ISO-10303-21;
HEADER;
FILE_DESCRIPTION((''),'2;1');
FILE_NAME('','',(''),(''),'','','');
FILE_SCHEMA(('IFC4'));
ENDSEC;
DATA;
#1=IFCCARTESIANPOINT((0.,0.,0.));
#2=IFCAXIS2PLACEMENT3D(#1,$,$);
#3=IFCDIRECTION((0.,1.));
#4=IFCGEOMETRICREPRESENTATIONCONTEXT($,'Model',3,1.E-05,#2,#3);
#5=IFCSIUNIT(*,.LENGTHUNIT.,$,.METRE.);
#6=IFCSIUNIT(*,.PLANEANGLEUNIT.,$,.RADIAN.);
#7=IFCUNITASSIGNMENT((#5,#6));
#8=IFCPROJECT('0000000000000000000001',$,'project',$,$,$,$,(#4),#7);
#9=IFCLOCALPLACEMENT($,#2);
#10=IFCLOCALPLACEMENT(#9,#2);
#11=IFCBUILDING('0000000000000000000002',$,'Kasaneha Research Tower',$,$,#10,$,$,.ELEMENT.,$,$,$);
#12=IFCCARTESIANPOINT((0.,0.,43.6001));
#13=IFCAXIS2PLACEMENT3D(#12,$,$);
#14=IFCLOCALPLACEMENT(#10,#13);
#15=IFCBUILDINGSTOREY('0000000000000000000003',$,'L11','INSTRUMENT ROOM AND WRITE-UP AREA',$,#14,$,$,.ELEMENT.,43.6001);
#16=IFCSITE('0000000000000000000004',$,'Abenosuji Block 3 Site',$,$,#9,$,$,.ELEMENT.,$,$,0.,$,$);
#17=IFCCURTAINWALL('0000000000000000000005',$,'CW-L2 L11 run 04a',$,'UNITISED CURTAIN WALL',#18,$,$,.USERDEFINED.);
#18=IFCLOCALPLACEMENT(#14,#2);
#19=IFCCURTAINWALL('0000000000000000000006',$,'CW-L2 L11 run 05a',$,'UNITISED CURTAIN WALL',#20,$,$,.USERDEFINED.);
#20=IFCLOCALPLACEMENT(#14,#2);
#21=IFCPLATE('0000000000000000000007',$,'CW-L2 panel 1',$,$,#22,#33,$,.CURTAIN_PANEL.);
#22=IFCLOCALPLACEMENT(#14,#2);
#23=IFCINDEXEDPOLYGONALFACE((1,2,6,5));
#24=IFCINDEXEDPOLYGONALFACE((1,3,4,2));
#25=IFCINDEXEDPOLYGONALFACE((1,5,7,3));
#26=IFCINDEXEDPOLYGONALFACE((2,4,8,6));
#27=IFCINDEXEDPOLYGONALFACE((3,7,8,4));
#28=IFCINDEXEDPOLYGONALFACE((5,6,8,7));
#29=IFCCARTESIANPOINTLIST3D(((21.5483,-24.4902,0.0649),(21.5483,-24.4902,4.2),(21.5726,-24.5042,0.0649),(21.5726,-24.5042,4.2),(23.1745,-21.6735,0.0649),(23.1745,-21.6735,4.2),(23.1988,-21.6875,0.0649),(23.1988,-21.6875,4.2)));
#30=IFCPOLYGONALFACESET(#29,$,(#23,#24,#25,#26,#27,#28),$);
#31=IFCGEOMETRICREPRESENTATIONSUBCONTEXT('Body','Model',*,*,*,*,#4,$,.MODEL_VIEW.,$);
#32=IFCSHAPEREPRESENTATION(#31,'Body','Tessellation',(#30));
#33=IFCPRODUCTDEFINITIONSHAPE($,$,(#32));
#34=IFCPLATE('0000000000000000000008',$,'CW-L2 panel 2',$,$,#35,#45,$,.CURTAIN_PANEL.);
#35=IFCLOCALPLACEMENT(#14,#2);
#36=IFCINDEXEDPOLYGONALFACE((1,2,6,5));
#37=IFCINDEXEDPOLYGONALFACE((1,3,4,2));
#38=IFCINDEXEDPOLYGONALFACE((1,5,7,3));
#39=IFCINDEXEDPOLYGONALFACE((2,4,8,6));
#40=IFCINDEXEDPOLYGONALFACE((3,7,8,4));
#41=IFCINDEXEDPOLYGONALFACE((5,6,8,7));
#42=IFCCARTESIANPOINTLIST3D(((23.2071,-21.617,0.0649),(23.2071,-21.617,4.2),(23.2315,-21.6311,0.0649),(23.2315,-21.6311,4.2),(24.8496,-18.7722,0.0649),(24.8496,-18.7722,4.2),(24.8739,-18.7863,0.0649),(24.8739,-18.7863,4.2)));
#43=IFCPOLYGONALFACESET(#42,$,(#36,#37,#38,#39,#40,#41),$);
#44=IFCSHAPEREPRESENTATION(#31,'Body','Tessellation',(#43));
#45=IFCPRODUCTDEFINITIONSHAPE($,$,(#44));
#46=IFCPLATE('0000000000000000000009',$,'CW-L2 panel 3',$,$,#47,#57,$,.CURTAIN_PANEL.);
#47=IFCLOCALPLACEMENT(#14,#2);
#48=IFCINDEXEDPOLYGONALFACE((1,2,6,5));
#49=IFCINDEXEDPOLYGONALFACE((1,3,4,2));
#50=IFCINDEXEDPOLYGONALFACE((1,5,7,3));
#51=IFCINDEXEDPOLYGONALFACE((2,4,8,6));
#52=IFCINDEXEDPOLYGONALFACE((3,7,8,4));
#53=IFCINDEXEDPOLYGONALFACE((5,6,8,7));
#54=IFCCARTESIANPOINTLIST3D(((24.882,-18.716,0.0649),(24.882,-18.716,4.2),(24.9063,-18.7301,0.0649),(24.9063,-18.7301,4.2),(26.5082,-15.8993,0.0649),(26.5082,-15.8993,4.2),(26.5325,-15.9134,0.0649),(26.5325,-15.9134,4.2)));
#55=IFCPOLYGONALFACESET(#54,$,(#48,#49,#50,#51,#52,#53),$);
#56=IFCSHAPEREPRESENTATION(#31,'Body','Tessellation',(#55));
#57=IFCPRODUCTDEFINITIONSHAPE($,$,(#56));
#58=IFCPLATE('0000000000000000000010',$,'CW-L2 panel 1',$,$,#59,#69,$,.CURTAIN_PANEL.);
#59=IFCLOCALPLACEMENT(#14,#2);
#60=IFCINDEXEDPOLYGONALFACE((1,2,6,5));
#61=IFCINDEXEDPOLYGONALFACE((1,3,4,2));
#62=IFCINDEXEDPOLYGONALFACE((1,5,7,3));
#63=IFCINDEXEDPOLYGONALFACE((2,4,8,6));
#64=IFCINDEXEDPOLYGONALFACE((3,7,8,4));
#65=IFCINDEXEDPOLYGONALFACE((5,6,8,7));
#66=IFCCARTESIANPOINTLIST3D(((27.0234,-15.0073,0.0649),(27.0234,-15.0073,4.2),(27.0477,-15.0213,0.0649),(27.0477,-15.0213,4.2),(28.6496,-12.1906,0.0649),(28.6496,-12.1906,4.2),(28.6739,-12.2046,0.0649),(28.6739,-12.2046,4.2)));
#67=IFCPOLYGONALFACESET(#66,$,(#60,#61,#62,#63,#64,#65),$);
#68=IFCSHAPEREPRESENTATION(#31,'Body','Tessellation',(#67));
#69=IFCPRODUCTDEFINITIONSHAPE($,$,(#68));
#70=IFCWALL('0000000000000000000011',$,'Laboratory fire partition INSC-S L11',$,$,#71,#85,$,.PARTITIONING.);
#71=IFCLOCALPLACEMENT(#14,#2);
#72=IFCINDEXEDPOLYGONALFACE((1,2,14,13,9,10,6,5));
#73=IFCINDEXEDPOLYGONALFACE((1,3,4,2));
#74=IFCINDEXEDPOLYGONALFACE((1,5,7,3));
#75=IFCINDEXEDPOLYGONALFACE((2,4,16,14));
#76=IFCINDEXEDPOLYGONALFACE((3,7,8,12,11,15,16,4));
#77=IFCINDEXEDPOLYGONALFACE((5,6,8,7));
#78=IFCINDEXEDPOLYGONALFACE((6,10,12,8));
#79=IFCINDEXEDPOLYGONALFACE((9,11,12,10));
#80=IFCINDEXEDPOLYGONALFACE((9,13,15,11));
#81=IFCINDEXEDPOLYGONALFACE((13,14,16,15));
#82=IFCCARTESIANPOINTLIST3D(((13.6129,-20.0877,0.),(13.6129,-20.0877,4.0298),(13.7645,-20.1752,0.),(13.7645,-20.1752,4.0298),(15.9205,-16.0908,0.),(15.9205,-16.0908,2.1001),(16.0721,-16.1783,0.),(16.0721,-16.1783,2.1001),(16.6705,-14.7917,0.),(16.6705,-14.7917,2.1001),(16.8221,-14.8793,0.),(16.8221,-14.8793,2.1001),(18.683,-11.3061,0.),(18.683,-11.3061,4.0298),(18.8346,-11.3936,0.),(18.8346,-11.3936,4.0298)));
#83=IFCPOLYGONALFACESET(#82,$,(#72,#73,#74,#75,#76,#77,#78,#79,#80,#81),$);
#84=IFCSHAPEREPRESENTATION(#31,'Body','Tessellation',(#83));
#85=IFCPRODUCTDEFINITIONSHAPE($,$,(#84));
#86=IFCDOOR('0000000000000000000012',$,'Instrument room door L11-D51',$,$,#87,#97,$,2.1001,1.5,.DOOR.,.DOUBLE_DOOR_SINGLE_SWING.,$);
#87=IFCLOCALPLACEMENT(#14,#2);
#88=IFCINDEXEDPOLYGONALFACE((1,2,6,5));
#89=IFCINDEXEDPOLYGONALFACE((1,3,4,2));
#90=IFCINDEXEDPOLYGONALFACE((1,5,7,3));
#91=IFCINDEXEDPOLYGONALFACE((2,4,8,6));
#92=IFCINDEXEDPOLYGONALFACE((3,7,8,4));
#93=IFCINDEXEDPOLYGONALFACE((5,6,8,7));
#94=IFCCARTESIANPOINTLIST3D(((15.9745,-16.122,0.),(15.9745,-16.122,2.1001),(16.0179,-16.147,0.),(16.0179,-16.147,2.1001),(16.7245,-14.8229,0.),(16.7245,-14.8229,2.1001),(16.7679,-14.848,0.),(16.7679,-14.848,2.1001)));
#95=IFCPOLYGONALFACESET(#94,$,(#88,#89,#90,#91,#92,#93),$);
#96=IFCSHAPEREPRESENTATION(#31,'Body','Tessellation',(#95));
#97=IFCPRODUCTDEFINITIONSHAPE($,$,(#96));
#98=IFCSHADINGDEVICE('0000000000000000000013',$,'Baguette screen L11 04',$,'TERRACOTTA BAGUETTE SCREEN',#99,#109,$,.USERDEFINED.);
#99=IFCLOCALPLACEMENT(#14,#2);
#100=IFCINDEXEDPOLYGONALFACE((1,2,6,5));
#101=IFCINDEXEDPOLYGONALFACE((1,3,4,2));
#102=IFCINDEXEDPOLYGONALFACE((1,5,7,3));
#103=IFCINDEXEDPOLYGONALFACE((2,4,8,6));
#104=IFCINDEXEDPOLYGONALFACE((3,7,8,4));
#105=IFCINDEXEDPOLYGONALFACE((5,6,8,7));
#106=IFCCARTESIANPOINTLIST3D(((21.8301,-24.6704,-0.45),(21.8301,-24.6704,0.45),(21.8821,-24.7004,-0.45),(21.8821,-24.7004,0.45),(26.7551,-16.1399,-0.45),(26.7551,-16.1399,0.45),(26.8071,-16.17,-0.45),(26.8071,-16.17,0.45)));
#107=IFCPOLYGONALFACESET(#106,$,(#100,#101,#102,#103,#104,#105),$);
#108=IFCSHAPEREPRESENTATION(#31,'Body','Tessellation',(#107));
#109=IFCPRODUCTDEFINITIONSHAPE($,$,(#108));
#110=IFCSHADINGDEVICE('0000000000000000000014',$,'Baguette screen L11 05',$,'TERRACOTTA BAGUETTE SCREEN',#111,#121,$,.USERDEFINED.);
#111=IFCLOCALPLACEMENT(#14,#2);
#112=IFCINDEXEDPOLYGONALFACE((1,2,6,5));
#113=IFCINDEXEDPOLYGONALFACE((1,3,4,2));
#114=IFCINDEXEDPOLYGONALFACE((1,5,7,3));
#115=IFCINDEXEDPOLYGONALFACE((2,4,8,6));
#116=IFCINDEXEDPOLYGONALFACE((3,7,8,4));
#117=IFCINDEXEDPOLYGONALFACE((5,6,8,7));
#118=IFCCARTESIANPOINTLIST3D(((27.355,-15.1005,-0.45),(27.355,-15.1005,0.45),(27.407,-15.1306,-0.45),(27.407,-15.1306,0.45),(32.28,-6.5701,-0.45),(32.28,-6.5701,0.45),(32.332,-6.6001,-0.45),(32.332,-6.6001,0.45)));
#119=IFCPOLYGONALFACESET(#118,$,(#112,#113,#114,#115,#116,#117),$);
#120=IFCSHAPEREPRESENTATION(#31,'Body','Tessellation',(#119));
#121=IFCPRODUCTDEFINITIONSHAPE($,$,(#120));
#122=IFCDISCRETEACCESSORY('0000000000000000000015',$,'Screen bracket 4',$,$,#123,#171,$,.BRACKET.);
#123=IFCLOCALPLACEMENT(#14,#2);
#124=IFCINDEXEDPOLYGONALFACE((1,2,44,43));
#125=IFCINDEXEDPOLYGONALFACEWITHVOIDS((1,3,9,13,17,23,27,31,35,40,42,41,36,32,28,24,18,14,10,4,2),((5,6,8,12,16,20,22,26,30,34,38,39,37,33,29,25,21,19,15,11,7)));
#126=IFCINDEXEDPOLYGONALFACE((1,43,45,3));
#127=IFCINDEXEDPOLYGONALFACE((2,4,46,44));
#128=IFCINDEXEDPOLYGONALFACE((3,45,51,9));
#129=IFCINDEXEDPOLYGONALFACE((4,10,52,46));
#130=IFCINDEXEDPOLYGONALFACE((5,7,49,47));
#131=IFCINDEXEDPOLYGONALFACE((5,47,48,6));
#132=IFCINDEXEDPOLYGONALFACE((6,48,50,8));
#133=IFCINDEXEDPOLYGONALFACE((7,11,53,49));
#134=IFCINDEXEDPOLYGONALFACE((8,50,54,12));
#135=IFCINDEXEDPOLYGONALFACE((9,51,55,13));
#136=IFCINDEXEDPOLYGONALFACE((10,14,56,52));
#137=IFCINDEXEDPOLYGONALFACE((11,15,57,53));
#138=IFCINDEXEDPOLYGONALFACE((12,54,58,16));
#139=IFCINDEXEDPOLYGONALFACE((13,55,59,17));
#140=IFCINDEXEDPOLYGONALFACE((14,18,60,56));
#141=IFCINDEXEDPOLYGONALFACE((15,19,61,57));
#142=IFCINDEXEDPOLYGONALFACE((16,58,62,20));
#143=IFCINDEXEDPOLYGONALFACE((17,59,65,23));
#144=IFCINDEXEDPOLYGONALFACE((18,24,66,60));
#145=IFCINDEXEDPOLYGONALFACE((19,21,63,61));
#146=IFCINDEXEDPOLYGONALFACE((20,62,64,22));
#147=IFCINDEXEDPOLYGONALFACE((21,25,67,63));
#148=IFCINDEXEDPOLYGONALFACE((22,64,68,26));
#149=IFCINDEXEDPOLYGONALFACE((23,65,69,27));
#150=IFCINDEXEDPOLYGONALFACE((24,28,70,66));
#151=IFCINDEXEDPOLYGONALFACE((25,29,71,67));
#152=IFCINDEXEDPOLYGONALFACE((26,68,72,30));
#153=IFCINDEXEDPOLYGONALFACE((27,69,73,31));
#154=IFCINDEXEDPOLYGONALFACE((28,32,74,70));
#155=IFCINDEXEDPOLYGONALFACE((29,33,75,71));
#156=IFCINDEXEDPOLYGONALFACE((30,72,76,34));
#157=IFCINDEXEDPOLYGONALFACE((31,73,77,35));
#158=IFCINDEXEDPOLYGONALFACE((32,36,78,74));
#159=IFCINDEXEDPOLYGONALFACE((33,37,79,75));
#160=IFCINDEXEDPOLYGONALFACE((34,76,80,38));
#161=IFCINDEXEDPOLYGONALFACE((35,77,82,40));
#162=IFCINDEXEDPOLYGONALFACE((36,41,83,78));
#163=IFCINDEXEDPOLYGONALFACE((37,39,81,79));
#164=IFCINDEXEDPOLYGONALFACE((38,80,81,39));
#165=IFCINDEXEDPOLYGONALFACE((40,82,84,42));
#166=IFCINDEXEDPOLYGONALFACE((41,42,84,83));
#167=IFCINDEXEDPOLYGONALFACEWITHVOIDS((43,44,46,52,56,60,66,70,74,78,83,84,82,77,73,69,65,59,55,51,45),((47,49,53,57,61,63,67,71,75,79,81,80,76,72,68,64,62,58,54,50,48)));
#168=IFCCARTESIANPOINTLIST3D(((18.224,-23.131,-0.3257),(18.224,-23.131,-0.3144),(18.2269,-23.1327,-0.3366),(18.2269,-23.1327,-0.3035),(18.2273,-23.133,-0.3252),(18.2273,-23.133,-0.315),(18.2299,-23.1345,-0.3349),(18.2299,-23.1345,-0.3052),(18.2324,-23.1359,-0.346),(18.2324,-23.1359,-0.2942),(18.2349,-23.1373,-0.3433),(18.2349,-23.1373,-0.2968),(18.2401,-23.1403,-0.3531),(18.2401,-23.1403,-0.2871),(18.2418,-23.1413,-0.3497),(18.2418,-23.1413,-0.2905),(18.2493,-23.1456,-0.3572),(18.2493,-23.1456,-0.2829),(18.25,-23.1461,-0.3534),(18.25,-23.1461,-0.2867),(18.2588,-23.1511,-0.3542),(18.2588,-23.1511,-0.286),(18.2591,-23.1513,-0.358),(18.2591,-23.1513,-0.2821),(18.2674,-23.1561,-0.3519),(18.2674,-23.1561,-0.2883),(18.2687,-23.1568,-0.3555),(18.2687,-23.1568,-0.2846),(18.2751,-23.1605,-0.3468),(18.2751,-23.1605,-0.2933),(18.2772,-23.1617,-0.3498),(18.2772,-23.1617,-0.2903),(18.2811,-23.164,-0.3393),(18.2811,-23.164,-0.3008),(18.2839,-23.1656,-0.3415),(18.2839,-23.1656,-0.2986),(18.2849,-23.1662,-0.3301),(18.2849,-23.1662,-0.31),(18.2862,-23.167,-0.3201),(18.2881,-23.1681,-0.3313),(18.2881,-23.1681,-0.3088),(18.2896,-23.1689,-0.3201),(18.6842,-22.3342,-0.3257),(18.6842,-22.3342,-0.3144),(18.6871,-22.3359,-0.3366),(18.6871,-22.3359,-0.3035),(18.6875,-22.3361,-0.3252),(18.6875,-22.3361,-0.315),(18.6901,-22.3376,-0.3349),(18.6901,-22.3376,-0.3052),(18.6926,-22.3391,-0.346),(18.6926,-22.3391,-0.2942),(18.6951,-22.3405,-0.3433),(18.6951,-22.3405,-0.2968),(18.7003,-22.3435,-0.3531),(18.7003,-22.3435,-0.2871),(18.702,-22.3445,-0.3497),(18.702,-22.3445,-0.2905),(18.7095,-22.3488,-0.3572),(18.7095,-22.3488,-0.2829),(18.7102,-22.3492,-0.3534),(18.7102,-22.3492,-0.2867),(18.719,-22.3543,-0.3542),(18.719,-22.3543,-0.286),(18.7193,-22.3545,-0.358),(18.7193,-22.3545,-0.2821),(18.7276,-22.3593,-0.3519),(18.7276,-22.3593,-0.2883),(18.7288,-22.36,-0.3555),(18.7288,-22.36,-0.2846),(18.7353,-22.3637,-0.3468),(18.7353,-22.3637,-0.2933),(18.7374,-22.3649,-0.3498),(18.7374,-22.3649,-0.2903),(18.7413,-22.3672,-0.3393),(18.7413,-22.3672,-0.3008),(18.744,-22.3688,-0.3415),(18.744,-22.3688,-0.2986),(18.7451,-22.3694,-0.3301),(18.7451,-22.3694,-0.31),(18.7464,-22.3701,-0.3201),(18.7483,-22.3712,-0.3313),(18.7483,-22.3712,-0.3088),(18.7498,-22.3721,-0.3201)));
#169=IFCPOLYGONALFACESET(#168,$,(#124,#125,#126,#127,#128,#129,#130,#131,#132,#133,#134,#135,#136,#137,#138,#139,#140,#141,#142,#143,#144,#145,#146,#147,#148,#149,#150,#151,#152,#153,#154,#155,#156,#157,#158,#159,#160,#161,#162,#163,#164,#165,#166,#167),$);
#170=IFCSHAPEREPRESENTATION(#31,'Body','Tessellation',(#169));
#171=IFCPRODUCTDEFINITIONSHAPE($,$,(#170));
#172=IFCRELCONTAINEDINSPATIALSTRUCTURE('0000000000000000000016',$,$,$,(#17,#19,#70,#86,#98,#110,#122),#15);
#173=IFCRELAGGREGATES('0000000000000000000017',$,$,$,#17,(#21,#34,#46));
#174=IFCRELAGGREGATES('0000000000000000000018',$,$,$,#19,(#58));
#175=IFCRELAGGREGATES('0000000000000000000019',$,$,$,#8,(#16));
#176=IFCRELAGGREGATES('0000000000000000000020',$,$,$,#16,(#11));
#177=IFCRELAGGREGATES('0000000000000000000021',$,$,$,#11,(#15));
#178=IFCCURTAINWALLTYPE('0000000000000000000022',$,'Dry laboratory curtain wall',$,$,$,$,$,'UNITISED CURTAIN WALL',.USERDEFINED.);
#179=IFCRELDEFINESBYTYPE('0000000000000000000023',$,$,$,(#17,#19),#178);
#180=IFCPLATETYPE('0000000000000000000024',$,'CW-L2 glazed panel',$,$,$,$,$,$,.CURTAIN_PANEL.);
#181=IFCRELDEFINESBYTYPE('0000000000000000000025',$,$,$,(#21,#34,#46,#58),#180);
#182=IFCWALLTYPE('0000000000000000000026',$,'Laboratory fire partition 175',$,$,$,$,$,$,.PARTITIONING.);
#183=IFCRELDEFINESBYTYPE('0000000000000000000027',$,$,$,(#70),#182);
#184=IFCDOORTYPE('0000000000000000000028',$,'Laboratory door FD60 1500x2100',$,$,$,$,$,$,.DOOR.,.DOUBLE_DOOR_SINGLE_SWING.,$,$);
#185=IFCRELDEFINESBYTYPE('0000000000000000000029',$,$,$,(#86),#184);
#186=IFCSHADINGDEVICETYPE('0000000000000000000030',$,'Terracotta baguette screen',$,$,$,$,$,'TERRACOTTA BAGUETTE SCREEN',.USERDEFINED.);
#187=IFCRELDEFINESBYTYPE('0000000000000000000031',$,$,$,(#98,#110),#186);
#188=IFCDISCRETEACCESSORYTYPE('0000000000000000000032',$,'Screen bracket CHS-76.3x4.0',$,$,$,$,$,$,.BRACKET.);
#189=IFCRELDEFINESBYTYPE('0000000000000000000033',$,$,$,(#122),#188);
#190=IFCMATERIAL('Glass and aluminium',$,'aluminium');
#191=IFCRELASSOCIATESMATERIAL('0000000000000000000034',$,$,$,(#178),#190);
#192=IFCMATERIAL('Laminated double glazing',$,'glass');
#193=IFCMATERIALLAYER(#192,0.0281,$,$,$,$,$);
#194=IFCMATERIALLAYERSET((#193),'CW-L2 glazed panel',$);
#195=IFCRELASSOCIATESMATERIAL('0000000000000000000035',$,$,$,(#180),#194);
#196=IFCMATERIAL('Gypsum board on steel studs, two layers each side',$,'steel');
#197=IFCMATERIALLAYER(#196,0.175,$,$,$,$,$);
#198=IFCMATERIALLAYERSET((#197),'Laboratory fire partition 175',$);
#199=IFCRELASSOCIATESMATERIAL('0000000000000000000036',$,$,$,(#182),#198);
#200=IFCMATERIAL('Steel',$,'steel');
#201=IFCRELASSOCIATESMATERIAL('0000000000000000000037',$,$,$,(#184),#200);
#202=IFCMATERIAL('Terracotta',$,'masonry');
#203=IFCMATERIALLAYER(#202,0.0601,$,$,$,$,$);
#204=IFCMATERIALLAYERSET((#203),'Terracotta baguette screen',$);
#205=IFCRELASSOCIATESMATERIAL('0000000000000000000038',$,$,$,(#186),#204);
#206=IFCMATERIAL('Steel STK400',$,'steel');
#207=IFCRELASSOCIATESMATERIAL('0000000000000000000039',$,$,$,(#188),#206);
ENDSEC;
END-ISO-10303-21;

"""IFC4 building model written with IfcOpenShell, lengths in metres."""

from ifc_helpers import new_model, si_unit, direction, frame, frame_2d, origin, origin_2d, place, context, subcontext, project, spatial, rectangle, hollow_circle, extrude, material, layer, layer_set, material_profile, profile_set, type_object, element, fill, aggregate, save


model = new_model("IFC4")

# Units and contexts
model_context = context("Model", 3, precision=1e-05, world=origin(), true_north=direction((0.0, 1.0)))
body_context = subcontext(model_context, "Body", "Model", "MODEL_VIEW")
ifc_project = project(units=[si_unit("LENGTHUNIT", "METRE"), si_unit("PLANEANGLEUNIT", "RADIAN")], contexts=[model_context])

# Site, building, storey
site_placement = place(None, origin())
site = spatial("IfcSite", under=ifc_project, at=site_placement, Name="Abenosuji Block 3 Site", CompositionType="ELEMENT", RefElevation=0.0)
building_placement = place(site_placement, origin())
building = spatial("IfcBuilding", under=site, at=building_placement, Name="Kasaneha Research Tower", CompositionType="ELEMENT")
storey_placement = place(building_placement, frame((0.0, 0.0, 43.6001)))
storey = spatial("IfcBuildingStorey", under=building, at=storey_placement, Name="L11", Description="INSTRUMENT ROOM AND WRITE-UP AREA", CompositionType="ELEMENT", Elevation=43.6001)

# Curtain walls
ifc_material_1 = material(Name="Glass and aluminium", Category="aluminium")
curtain_wall_type = type_object("IfcCurtainWallType", Name="Dry laboratory curtain wall", ElementType="UNITISED CURTAIN WALL", PredefinedType="USERDEFINED", material=ifc_material_1)
curtain_wall_1_placement = place(storey_placement, origin())
curtain_wall_1 = element("IfcCurtainWall", 1, at=curtain_wall_1_placement, inside=storey, type_object=curtain_wall_type, Name="CW-L2 L11 run 04a", ObjectType="UNITISED CURTAIN WALL", PredefinedType="USERDEFINED")
curtain_wall_2_placement = place(storey_placement, origin())
curtain_wall_2 = element("IfcCurtainWall", 2, at=curtain_wall_2_placement, inside=storey, type_object=curtain_wall_type, Name="CW-L2 L11 run 05a", ObjectType="UNITISED CURTAIN WALL", PredefinedType="USERDEFINED")

# Plates
ifc_material_2 = material(Name="Laminated double glazing", Category="glass")
ifc_layer_1 = layer(ifc_material_2, 0.0281)
ifc_layer_set_1 = layer_set([ifc_layer_1], Name="CW-L2 glazed panel")
plate_type = type_object("IfcPlateType", Name="CW-L2 glazed panel", PredefinedType="CURTAIN_PANEL", material=ifc_layer_set_1)
plate_1_placement = place(storey_placement, frame((22.3735, -23.0889, 0.0649), z_axis=(0.0, 0.0, 1.0), x_axis=(0.5, 0.866025, 0.0)))
plate_1 = element("IfcPlate", 3, at=plate_1_placement, type_object=plate_type, Name="CW-L2 panel 1", PredefinedType="CURTAIN_PANEL", context=body_context, shape_type="SweptSolid", body=[
    extrude(rectangle(XDim=3.2524, YDim=0.0281, at=origin_2d()), origin(), (0.0, 0.0, 1.0), 4.135),
])
plate_2_placement = place(storey_placement, frame((24.0405, -20.2017, 0.0649), z_axis=(0.0, 0.0, 1.0), x_axis=(0.5, 0.866025, 0.0)))
plate_2 = element("IfcPlate", 4, at=plate_2_placement, type_object=plate_type, Name="CW-L2 panel 2", PredefinedType="CURTAIN_PANEL", context=body_context, shape_type="SweptSolid", body=[
    extrude(rectangle(XDim=3.2849, YDim=0.0281, at=origin_2d()), origin(), (0.0, 0.0, 1.0), 4.135),
])
plate_3_placement = place(storey_placement, frame((25.7073, -17.3147, 0.0649), z_axis=(0.0, 0.0, 1.0), x_axis=(0.5, 0.866025, 0.0)))
plate_3 = element("IfcPlate", 5, at=plate_3_placement, type_object=plate_type, Name="CW-L2 panel 3", PredefinedType="CURTAIN_PANEL", context=body_context, shape_type="SweptSolid", body=[
    extrude(rectangle(XDim=3.2524, YDim=0.0281, at=origin_2d()), origin(), (0.0, 0.0, 1.0), 4.135),
])
aggregate(curtain_wall_1, [plate_1, plate_2, plate_3])
plate_4_placement = place(storey_placement, frame((27.8486, -13.606, 0.0649), z_axis=(0.0, 0.0, 1.0), x_axis=(0.5, 0.866025, 0.0)))
plate_4 = element("IfcPlate", 6, at=plate_4_placement, type_object=plate_type, Name="CW-L2 panel 1", PredefinedType="CURTAIN_PANEL", context=body_context, shape_type="SweptSolid", body=[
    extrude(rectangle(XDim=3.2524, YDim=0.0281, at=origin_2d()), origin(), (0.0, 0.0, 1.0), 4.135),
])
aggregate(curtain_wall_2, [plate_4])

# Wall, opening, door
ifc_material_3 = material(Name="Gypsum board on steel studs, two layers each side", Category="steel")
ifc_layer_2 = layer(ifc_material_3, 0.175)
ifc_layer_set_2 = layer_set([ifc_layer_2], Name="Laboratory fire partition 175")
wall_type = type_object("IfcWallType", Name="Laboratory fire partition 175", PredefinedType="PARTITIONING", material=ifc_layer_set_2)
wall_placement = place(storey_placement, frame((18.7588, -11.3499, 0.0), z_axis=(0.0, 0.0, 1.0), x_axis=(-0.500005, -0.866022, 0.0)))
wall = element("IfcWall", 7, at=wall_placement, inside=storey, type_object=wall_type, Name="Laboratory fire partition INSC-S L11", PredefinedType="PARTITIONING", context=body_context, shape_type="SweptSolid", body=[
    extrude(rectangle(XDim=10.1401, YDim=0.175, at=frame_2d((5.0701, 0.0))), origin(), (0.0, 0.0, 1.0), 4.0298),
])
opening_placement = place(wall_placement, frame((4.0249, 0.0, 0.0)))
opening = element("IfcOpeningElement", 8, at=opening_placement, cuts=wall, PredefinedType="OPENING", context=body_context, shape_type="SweptSolid", body=[
    extrude(rectangle(XDim=1.5, YDim=2.1001, at=frame_2d((0.75, 1.05))), frame((0.0, 0.0977, 0.0), z_axis=(0.0, -1.0, 0.0), x_axis=(1.0, 0.0, 0.0)), (0.0, 0.0, 1.0), 0.1951),
])
ifc_material_4 = material(Name="Steel", Category="steel")
door_type = type_object("IfcDoorType", Name="Laboratory door FD60 1500x2100", OperationType="DOUBLE_DOOR_SINGLE_SWING", PredefinedType="DOOR", material=ifc_material_4)
door_placement = place(opening_placement, origin())
door = element("IfcDoor", 9, at=door_placement, inside=storey, type_object=door_type, Name="Instrument room door L11-D51", OperationType="DOUBLE_DOOR_SINGLE_SWING", OverallHeight=2.1001, OverallWidth=1.5, PredefinedType="DOOR", context=body_context, shape_type="SweptSolid", body=[
    extrude(rectangle(XDim=1.5, YDim=2.1001, at=frame_2d((0.75, 1.05))), frame((0.0, 0.0249, 0.0), z_axis=(0.0, -1.0, 0.0), x_axis=(1.0, 0.0, 0.0)), (0.0, 0.0, 1.0), 0.05),
])
fill(opening, door)

# Shading devices
ifc_material_5 = material(Name="Terracotta", Category="masonry")
ifc_layer_3 = layer(ifc_material_5, 0.0601)
ifc_layer_set_3 = layer_set([ifc_layer_3], Name="Terracotta baguette screen")
shading_device_type = type_object("IfcShadingDeviceType", Name="Terracotta baguette screen", ElementType="TERRACOTTA BAGUETTE SCREEN", PredefinedType="USERDEFINED", material=ifc_layer_set_3)
for number, where, z_axis, x_axis, name in (
    (10, (24.3186, -20.4202, -0.45), (0.0, 0.0, 1.0), (0.5, 0.866025, 0.0), "Baguette screen L11 04"),
    (11, (29.8435, -10.8503, -0.45), (0.0, 0.0, 1.0), (0.5, 0.866025, 0.0), "Baguette screen L11 05"),
):
    element("IfcShadingDevice", number, at=place(storey_placement, frame(where, z_axis=z_axis, x_axis=x_axis)), inside=storey, type_object=shading_device_type, Name=name, ObjectType="TERRACOTTA BAGUETTE SCREEN", PredefinedType="USERDEFINED", context=body_context, shape_type="SweptSolid", body=[
        extrude(rectangle(XDim=9.8501, YDim=0.0601, at=origin_2d()), origin(), (0.0, 0.0, 1.0), 0.8999),
    ])

# Discrete accessory
ifc_material_6 = material(Name="Steel STK400", Category="steel")
ifc_material_profile_1 = material_profile(ifc_material_6, hollow_circle(Radius=0.0381, WallThickness=0.0039, at=origin_2d()), Name="CHS-76.3x4.0")
ifc_profile_set_1 = profile_set([ifc_material_profile_1], Name="Steel STK400")
discrete_accessory_type = type_object("IfcDiscreteAccessoryType", Name="Screen bracket CHS-76.3x4.0", PredefinedType="BRACKET", material=ifc_profile_set_1)
discrete_accessory_1_placement = place(storey_placement, frame((18.7168, -22.353, -0.3201), z_axis=(-0.500105, -0.865965, 0.0), x_axis=(0.865965, -0.500105, 0.0)))
element("IfcDiscreteAccessory", 12, at=discrete_accessory_1_placement, inside=storey, type_object=discrete_accessory_type, Name="Screen bracket 4", PredefinedType="BRACKET", context=body_context, shape_type="SweptSolid", body=[
    extrude(hollow_circle(Radius=0.0381, WallThickness=0.0039, at=origin_2d()), origin(), (0.0, 0.0, 1.0), 0.9202),
])

save(model, "model.ifc")
